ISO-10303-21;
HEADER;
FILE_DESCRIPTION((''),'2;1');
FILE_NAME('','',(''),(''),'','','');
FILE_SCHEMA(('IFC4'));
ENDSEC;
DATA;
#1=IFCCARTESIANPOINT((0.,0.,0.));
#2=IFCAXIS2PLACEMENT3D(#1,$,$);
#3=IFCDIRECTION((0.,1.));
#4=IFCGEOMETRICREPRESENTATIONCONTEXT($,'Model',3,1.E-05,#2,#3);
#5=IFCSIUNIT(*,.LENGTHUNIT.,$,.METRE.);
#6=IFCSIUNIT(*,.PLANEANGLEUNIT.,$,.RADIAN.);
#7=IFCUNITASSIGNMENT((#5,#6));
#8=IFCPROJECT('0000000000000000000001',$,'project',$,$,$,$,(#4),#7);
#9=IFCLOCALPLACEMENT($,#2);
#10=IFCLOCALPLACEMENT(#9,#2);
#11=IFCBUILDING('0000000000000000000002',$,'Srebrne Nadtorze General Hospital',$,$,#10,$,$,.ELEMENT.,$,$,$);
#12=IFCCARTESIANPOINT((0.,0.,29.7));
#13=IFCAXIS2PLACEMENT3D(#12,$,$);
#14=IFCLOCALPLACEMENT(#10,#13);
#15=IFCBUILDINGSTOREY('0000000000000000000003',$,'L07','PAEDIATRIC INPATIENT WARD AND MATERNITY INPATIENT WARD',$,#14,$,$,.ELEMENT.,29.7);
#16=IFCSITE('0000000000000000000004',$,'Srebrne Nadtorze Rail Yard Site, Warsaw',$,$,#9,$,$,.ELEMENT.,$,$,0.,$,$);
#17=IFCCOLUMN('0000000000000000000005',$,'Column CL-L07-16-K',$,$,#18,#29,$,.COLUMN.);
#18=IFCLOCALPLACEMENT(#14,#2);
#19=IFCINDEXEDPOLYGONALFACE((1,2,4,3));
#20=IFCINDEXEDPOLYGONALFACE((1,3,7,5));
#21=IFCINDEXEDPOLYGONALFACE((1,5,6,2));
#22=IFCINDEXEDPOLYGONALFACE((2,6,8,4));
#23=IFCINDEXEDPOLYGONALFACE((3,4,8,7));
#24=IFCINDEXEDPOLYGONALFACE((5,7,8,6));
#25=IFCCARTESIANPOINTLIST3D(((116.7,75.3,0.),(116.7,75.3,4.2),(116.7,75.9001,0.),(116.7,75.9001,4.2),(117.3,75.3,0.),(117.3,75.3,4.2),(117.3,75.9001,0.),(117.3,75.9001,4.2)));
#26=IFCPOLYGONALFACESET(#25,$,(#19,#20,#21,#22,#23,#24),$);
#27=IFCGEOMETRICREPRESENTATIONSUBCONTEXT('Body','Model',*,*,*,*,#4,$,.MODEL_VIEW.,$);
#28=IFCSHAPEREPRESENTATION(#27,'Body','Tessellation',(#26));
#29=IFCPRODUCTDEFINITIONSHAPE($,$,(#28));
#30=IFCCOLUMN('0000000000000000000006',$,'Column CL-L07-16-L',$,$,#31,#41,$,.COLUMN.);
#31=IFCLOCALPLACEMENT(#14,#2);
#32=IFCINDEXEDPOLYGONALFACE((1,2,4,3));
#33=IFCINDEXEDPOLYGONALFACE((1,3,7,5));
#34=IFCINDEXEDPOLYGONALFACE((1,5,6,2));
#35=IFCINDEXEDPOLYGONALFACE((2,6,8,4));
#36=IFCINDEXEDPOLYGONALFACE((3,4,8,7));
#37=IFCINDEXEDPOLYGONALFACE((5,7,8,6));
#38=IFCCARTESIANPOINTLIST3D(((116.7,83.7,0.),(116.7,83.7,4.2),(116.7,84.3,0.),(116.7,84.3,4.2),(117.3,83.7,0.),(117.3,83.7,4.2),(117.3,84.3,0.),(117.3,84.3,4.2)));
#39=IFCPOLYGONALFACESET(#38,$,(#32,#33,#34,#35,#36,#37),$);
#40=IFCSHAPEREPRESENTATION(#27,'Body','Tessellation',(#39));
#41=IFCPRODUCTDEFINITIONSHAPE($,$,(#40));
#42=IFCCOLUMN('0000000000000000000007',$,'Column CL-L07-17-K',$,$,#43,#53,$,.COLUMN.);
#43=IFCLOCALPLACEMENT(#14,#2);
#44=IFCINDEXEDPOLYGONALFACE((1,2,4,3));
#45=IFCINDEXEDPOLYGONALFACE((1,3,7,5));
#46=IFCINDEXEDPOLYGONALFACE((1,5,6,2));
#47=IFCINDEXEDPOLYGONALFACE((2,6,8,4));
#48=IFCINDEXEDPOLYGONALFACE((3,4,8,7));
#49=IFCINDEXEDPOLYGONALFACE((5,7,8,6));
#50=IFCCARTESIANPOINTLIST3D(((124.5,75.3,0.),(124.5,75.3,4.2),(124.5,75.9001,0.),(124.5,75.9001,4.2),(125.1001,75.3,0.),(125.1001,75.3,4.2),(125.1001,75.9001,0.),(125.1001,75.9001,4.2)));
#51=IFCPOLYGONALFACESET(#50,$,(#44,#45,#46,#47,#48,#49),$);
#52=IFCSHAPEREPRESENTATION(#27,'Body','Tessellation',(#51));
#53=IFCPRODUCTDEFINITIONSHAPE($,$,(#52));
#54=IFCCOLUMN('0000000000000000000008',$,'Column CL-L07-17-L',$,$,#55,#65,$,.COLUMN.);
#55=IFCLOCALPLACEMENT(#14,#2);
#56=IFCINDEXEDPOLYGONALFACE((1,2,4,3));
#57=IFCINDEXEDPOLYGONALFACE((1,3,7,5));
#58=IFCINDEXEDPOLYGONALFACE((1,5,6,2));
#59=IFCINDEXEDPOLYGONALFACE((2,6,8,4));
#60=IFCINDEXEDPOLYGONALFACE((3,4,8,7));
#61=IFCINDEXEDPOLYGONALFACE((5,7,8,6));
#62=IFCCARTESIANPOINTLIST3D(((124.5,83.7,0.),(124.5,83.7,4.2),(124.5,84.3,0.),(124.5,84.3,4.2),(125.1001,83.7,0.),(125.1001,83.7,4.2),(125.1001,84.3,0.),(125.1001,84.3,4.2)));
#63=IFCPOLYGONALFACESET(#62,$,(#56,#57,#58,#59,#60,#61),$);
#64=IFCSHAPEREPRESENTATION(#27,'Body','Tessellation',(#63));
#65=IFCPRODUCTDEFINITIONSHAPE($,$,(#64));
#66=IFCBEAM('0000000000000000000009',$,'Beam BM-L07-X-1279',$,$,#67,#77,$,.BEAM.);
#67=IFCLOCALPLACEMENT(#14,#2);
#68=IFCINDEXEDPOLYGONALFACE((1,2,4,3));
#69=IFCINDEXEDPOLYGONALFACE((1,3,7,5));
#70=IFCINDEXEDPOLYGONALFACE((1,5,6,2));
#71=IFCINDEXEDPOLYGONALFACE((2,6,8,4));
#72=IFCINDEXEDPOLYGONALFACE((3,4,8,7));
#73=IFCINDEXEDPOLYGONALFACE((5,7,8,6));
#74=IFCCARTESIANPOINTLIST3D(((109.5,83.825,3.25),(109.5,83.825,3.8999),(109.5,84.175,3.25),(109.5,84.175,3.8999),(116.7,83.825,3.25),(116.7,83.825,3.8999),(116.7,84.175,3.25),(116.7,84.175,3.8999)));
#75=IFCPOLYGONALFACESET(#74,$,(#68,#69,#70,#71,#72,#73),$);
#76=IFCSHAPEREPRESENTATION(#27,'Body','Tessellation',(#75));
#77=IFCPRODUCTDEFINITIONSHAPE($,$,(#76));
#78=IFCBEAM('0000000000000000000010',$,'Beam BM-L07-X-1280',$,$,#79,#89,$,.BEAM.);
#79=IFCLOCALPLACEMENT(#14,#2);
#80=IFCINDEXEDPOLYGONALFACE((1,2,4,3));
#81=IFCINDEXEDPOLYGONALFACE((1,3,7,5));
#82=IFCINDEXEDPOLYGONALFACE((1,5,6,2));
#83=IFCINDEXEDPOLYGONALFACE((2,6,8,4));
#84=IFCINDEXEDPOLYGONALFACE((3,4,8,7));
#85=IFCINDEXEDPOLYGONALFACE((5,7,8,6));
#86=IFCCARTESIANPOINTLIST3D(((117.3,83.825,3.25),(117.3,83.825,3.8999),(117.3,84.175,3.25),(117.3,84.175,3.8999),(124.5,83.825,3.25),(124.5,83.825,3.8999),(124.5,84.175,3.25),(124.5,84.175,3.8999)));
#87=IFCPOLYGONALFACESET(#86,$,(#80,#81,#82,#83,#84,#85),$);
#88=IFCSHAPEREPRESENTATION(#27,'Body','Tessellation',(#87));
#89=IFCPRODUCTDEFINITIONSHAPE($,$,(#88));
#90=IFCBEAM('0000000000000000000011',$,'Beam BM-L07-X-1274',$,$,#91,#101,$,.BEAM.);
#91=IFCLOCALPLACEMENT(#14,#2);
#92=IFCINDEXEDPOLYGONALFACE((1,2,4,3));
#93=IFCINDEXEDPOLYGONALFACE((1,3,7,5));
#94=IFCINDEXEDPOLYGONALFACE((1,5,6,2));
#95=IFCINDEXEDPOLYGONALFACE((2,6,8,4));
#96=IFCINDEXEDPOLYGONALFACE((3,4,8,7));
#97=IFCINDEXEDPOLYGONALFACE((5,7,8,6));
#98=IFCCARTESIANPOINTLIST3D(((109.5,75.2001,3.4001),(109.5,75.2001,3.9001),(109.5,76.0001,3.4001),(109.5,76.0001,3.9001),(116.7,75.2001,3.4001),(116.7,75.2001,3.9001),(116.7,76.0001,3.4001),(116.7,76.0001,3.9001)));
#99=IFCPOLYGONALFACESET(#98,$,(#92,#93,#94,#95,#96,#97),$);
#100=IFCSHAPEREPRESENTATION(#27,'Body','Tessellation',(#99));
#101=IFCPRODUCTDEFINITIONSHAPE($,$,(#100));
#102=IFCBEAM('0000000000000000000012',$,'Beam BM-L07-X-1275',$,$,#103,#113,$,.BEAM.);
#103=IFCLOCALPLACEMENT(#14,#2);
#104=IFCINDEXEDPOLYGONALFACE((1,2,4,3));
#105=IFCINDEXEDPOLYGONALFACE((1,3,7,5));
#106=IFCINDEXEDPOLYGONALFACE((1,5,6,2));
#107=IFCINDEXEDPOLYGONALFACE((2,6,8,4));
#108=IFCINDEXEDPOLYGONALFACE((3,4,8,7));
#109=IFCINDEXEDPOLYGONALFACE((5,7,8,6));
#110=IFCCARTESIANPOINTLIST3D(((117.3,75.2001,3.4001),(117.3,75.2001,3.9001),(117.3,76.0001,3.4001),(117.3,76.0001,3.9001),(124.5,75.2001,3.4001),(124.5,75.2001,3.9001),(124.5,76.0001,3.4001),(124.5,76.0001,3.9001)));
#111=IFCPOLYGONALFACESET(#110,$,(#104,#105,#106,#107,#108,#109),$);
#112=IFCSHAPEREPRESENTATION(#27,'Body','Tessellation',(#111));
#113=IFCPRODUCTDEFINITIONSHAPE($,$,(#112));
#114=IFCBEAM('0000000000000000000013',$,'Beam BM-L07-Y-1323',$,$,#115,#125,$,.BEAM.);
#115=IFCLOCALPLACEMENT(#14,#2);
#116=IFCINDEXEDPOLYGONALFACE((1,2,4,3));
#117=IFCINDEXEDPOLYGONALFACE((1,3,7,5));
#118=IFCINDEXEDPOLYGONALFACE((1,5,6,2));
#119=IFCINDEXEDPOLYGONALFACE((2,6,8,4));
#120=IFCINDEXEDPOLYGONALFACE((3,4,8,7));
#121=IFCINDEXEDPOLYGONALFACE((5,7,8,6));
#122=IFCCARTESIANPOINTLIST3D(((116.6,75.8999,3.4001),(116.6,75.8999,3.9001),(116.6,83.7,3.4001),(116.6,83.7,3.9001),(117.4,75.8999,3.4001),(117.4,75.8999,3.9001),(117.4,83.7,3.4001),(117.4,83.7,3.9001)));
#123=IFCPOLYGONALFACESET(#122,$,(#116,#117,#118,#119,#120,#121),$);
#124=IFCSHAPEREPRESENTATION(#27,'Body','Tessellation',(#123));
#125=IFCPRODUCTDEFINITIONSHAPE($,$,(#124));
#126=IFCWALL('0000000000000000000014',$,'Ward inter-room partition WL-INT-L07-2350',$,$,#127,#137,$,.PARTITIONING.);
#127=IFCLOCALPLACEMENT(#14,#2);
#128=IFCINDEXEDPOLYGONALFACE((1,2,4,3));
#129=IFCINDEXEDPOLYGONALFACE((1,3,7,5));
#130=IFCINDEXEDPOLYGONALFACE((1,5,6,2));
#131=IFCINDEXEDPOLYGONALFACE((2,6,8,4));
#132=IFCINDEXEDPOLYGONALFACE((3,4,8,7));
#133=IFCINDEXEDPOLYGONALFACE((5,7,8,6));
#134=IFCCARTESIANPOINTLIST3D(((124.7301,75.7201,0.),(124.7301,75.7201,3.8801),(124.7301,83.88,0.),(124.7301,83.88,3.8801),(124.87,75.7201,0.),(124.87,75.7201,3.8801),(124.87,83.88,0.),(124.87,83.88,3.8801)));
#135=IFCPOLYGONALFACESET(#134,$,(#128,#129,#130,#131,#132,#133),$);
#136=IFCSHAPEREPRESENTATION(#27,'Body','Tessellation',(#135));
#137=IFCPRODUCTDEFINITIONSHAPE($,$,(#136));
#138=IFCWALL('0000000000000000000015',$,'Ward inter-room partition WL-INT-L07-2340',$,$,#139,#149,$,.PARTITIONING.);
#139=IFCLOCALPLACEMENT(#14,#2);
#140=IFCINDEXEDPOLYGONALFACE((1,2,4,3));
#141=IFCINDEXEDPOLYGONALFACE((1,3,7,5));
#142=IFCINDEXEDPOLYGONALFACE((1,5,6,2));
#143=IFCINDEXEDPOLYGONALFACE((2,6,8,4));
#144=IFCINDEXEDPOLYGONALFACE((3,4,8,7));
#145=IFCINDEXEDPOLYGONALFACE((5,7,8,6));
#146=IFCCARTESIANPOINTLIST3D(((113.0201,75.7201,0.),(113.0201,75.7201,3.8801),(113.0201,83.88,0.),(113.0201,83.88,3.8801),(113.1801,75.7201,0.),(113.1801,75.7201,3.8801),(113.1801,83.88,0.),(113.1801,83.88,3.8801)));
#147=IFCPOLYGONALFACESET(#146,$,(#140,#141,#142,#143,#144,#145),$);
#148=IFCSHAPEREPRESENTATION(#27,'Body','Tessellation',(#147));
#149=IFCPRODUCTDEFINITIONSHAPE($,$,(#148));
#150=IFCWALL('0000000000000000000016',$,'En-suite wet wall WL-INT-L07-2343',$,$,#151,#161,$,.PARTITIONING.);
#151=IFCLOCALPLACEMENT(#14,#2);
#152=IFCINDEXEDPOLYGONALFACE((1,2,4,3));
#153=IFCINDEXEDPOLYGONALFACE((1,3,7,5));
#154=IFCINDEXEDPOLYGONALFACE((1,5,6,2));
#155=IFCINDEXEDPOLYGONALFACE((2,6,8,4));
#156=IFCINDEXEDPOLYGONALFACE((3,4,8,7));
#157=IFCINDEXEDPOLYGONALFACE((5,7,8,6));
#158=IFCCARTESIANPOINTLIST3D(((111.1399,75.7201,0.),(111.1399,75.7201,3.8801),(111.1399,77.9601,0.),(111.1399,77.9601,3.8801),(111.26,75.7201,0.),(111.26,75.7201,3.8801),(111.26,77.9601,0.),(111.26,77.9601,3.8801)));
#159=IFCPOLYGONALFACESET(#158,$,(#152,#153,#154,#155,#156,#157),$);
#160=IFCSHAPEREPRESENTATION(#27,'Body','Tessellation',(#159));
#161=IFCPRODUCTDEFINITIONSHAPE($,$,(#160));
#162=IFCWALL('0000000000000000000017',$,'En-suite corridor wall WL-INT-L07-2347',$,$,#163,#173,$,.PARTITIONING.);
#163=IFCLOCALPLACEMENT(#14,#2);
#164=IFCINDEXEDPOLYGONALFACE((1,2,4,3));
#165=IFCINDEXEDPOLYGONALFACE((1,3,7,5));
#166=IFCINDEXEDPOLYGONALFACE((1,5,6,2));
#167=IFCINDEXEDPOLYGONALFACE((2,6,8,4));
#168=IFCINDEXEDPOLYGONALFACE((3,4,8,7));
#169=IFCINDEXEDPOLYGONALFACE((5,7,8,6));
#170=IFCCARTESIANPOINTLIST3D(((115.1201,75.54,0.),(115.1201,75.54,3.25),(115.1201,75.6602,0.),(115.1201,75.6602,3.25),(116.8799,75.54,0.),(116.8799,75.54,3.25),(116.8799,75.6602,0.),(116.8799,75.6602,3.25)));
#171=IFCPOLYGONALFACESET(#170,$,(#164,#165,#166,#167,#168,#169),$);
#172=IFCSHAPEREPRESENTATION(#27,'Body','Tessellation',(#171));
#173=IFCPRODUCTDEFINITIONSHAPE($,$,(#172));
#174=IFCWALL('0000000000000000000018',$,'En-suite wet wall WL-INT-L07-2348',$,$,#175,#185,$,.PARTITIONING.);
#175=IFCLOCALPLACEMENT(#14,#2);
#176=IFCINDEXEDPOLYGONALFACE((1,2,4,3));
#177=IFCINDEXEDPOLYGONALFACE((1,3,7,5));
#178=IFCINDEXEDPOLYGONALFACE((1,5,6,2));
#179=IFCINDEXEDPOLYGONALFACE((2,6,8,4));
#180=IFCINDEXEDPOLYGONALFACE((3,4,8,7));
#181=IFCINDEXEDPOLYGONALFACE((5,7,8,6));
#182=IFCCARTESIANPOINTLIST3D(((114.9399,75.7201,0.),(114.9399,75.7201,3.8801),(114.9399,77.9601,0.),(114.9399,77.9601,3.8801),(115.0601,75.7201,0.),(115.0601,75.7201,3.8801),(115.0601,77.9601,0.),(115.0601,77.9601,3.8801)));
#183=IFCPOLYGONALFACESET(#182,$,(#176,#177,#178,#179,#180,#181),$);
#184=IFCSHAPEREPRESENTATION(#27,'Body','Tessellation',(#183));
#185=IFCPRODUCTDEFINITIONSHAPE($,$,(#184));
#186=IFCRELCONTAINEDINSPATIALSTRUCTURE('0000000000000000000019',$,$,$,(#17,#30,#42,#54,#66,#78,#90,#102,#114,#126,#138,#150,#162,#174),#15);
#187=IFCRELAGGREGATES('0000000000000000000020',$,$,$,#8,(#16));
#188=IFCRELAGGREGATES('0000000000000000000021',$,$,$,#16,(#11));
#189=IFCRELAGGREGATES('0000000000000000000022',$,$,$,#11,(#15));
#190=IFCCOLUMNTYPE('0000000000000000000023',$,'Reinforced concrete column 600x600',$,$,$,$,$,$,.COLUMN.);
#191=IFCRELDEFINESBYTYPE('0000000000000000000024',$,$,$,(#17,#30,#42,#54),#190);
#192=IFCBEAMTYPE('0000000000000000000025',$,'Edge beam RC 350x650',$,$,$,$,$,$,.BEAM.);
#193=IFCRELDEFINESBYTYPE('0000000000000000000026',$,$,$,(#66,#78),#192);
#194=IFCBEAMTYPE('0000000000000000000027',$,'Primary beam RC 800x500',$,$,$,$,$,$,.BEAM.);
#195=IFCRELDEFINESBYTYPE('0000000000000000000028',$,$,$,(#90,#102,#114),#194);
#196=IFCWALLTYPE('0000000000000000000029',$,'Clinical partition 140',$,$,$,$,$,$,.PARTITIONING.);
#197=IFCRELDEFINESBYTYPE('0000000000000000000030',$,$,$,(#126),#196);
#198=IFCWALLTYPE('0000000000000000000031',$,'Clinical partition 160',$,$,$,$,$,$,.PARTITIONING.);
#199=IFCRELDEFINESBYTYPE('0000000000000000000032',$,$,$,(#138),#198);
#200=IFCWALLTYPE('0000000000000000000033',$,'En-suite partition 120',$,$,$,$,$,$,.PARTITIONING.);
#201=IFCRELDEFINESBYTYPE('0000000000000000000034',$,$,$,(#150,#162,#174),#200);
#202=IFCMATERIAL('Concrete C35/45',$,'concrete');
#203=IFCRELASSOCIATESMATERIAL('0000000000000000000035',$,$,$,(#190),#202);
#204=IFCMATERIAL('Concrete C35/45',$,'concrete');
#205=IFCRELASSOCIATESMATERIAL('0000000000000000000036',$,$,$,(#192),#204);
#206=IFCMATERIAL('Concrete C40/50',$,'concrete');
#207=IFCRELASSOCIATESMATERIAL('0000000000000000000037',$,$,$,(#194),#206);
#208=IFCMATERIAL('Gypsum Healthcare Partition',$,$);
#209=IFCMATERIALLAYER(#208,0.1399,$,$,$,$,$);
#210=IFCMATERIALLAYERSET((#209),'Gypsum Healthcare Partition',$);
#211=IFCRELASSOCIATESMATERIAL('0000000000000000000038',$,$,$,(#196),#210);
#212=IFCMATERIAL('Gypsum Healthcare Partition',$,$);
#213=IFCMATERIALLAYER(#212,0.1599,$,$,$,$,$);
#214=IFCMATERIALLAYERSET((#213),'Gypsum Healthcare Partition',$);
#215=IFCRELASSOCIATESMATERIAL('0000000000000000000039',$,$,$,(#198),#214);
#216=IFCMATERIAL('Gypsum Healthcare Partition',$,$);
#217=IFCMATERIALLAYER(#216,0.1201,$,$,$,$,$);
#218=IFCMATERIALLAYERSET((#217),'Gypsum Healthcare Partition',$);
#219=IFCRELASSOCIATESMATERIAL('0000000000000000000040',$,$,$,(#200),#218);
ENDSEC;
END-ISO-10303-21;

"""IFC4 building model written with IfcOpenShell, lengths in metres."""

from ifc_helpers import new_model, si_unit, direction, frame, frame_2d, origin, origin_2d, place, context, subcontext, project, spatial, rectangle, extrude, material, layer, layer_set, material_profile, profile_set, type_object, element, save


model = new_model("IFC4")

# Units and contexts
model_context = context("Model", 3, precision=1e-05, world=origin(), true_north=direction((0.0, 1.0)))
body_context = subcontext(model_context, "Body", "Model", "MODEL_VIEW")
ifc_project = project(units=[si_unit("LENGTHUNIT", "METRE"), si_unit("PLANEANGLEUNIT", "RADIAN")], contexts=[model_context])

# Site, building, storey
site_placement = place(None, origin())
site = spatial("IfcSite", under=ifc_project, at=site_placement, Name="Srebrne Nadtorze Rail Yard Site, Warsaw", CompositionType="ELEMENT", RefElevation=0.0)
building_placement = place(site_placement, origin())
building = spatial("IfcBuilding", under=site, at=building_placement, Name="Srebrne Nadtorze General Hospital", CompositionType="ELEMENT")
storey_placement = place(building_placement, frame((0.0, 0.0, 29.7)))
storey = spatial("IfcBuildingStorey", under=building, at=storey_placement, Name="L07", Description="PAEDIATRIC INPATIENT WARD AND MATERNITY INPATIENT WARD", CompositionType="ELEMENT", Elevation=29.7)

# Columns
ifc_material_1 = material(Name="Concrete C35/45", Category="concrete")
ifc_material_profile_1 = material_profile(ifc_material_1, rectangle(XDim=0.6001, YDim=0.6001, at=origin_2d()), Name="RC-COL-600x600")
ifc_profile_set_1 = profile_set([ifc_material_profile_1], Name="Concrete C35/45")
column_type = type_object("IfcColumnType", Name="Reinforced concrete column 600x600", PredefinedType="COLUMN", material=ifc_profile_set_1)
for number, where, z_axis, x_axis, name in (
    (1, (117.0, 75.6001, 0.0), (0.0, 0.0, 1.0), (1.0, 0.0, 0.0), "Column CL-L07-16-K"),
    (2, (117.0, 84.0, 0.0), (0.0, 0.0, 1.0), (1.0, 0.0, 0.0), "Column CL-L07-16-L"),
    (3, (124.8, 75.6001, 0.0), (0.0, 0.0, 1.0), (1.0, 0.0, 0.0), "Column CL-L07-17-K"),
    (4, (124.8, 84.0, 0.0), (0.0, 0.0, 1.0), (1.0, 0.0, 0.0), "Column CL-L07-17-L"),
):
    element("IfcColumn", number, at=place(storey_placement, frame(where, z_axis=z_axis, x_axis=x_axis)), inside=storey, type_object=column_type, Name=name, PredefinedType="COLUMN", context=body_context, shape_type="SweptSolid", body=[
        extrude(rectangle(XDim=0.6001, YDim=0.6001, at=origin_2d()), origin(), (0.0, 0.0, 1.0), 4.2),
    ])

# Beams
ifc_material_2 = material(Name="Concrete C35/45", Category="concrete")
ifc_material_profile_2 = material_profile(ifc_material_2, rectangle(XDim=0.3501, YDim=0.6499, at=origin_2d()), Name="RC-BM-350x650")
ifc_profile_set_2 = profile_set([ifc_material_profile_2], Name="Concrete C35/45")
beam_type_1 = type_object("IfcBeamType", Name="Edge beam RC 350x650", PredefinedType="BEAM", material=ifc_profile_set_2)
for number, where, z_axis, x_axis, name in (
    (5, (109.5, 84.0, 3.575), (1.0, 0.0, 0.0), (0.0, 1.0, 0.0), "Beam BM-L07-X-1279"),
    (6, (117.3, 84.0, 3.575), (1.0, 0.0, 0.0), (0.0, 1.0, 0.0), "Beam BM-L07-X-1280"),
):
    element("IfcBeam", number, at=place(storey_placement, frame(where, z_axis=z_axis, x_axis=x_axis)), inside=storey, type_object=beam_type_1, Name=name, PredefinedType="BEAM", context=body_context, shape_type="SweptSolid", body=[
        extrude(rectangle(XDim=0.3501, YDim=0.6499, at=origin_2d()), origin(), (0.0, 0.0, 1.0), 7.2),
    ])
ifc_material_3 = material(Name="Concrete C40/50", Category="concrete")
ifc_material_profile_3 = material_profile(ifc_material_3, rectangle(XDim=0.8, YDim=0.5, at=origin_2d()), Name="RC-BM-800x500")
ifc_profile_set_3 = profile_set([ifc_material_profile_3], Name="Concrete C40/50")
beam_type_2 = type_object("IfcBeamType", Name="Primary beam RC 800x500", PredefinedType="BEAM", material=ifc_profile_set_3)
for number, where, z_axis, x_axis, name in (
    (7, (109.5, 75.6001, 3.6501), (1.0, 0.0, 0.0), (0.0, 1.0, 0.0), "Beam BM-L07-X-1274"),
    (8, (117.3, 75.6001, 3.6501), (1.0, 0.0, 0.0), (0.0, 1.0, 0.0), "Beam BM-L07-X-1275"),
):
    element("IfcBeam", number, at=place(storey_placement, frame(where, z_axis=z_axis, x_axis=x_axis)), inside=storey, type_object=beam_type_2, Name=name, PredefinedType="BEAM", context=body_context, shape_type="SweptSolid", body=[
        extrude(rectangle(XDim=0.8, YDim=0.5, at=origin_2d()), origin(), (0.0, 0.0, 1.0), 7.2),
    ])
beam_placement = place(storey_placement, frame((117.0, 75.8999, 3.6501), z_axis=(0.0, 1.0, 0.0), x_axis=(-1.0, 0.0, 0.0)))
element("IfcBeam", 9, at=beam_placement, inside=storey, type_object=beam_type_2, Name="Beam BM-L07-Y-1323", PredefinedType="BEAM", context=body_context, shape_type="SweptSolid", body=[
    extrude(rectangle(XDim=0.8, YDim=0.5, at=origin_2d()), origin(), (0.0, 0.0, 1.0), 7.8),
])

# Walls
ifc_material_4 = material(Name="Gypsum Healthcare Partition")
ifc_layer_1 = layer(ifc_material_4, 0.1399)
ifc_layer_set_1 = layer_set([ifc_layer_1], Name="Gypsum Healthcare Partition")
wall_type_1 = type_object("IfcWallType", Name="Clinical partition 140", PredefinedType="PARTITIONING", material=ifc_layer_set_1)
wall_1_placement = place(storey_placement, frame((124.8, 75.72, 0.0), z_axis=(0.0, 0.0, 1.0), x_axis=(0.0, 1.0, 0.0)))
element("IfcWall", 10, at=wall_1_placement, inside=storey, type_object=wall_type_1, Name="Ward inter-room partition WL-INT-L07-2350", PredefinedType="PARTITIONING", context=body_context, shape_type="SweptSolid", body=[
    extrude(rectangle(XDim=8.1599, YDim=0.1399, at=frame_2d((4.0801, 0.0))), origin(), (0.0, 0.0, 1.0), 3.8801),
])
ifc_material_5 = material(Name="Gypsum Healthcare Partition")
ifc_layer_2 = layer(ifc_material_5, 0.1599)
ifc_layer_set_2 = layer_set([ifc_layer_2], Name="Gypsum Healthcare Partition")
wall_type_2 = type_object("IfcWallType", Name="Clinical partition 160", PredefinedType="PARTITIONING", material=ifc_layer_set_2)
wall_2_placement = place(storey_placement, frame((113.1001, 75.72, 0.0), z_axis=(0.0, 0.0, 1.0), x_axis=(0.0, 1.0, 0.0)))
element("IfcWall", 11, at=wall_2_placement, inside=storey, type_object=wall_type_2, Name="Ward inter-room partition WL-INT-L07-2340", PredefinedType="PARTITIONING", context=body_context, shape_type="SweptSolid", body=[
    extrude(rectangle(XDim=8.1599, YDim=0.1599, at=frame_2d((4.0801, 0.0))), origin(), (0.0, 0.0, 1.0), 3.8801),
])

# Walls
ifc_material_6 = material(Name="Gypsum Healthcare Partition")
ifc_layer_3 = layer(ifc_material_6, 0.1201)
ifc_layer_set_3 = layer_set([ifc_layer_3], Name="Gypsum Healthcare Partition")
wall_type_3 = type_object("IfcWallType", Name="En-suite partition 120", PredefinedType="PARTITIONING", material=ifc_layer_set_3)
wall_3_placement = place(storey_placement, frame((111.2, 75.72, 0.0), z_axis=(0.0, 0.0, 1.0), x_axis=(0.0, 1.0, 0.0)))
element("IfcWall", 12, at=wall_3_placement, inside=storey, type_object=wall_type_3, Name="En-suite wet wall WL-INT-L07-2343", PredefinedType="PARTITIONING", context=body_context, shape_type="SweptSolid", body=[
    extrude(rectangle(XDim=2.24, YDim=0.1201, at=frame_2d((1.1201, 0.0))), origin(), (0.0, 0.0, 1.0), 3.8801),
])
wall_4_placement = place(storey_placement, frame((115.1201, 75.6001, 0.0), z_axis=(0.0, 0.0, 1.0), x_axis=(1.0, 0.0, 0.0)))
element("IfcWall", 13, at=wall_4_placement, inside=storey, type_object=wall_type_3, Name="En-suite corridor wall WL-INT-L07-2347", PredefinedType="PARTITIONING", context=body_context, shape_type="SweptSolid", body=[
    extrude(rectangle(XDim=1.7598, YDim=0.1201, at=frame_2d((0.8799, 0.0))), origin(), (0.0, 0.0, 1.0), 3.25),
])
wall_5_placement = place(storey_placement, frame((115.0, 75.72, 0.0), z_axis=(0.0, 0.0, 1.0), x_axis=(0.0, 1.0, 0.0)))
element("IfcWall", 14, at=wall_5_placement, inside=storey, type_object=wall_type_3, Name="En-suite wet wall WL-INT-L07-2348", PredefinedType="PARTITIONING", context=body_context, shape_type="SweptSolid", body=[
    extrude(rectangle(XDim=2.24, YDim=0.1201, at=frame_2d((1.1201, 0.0))), origin(), (0.0, 0.0, 1.0), 3.8801),
])

save(model, "model.ifc")
